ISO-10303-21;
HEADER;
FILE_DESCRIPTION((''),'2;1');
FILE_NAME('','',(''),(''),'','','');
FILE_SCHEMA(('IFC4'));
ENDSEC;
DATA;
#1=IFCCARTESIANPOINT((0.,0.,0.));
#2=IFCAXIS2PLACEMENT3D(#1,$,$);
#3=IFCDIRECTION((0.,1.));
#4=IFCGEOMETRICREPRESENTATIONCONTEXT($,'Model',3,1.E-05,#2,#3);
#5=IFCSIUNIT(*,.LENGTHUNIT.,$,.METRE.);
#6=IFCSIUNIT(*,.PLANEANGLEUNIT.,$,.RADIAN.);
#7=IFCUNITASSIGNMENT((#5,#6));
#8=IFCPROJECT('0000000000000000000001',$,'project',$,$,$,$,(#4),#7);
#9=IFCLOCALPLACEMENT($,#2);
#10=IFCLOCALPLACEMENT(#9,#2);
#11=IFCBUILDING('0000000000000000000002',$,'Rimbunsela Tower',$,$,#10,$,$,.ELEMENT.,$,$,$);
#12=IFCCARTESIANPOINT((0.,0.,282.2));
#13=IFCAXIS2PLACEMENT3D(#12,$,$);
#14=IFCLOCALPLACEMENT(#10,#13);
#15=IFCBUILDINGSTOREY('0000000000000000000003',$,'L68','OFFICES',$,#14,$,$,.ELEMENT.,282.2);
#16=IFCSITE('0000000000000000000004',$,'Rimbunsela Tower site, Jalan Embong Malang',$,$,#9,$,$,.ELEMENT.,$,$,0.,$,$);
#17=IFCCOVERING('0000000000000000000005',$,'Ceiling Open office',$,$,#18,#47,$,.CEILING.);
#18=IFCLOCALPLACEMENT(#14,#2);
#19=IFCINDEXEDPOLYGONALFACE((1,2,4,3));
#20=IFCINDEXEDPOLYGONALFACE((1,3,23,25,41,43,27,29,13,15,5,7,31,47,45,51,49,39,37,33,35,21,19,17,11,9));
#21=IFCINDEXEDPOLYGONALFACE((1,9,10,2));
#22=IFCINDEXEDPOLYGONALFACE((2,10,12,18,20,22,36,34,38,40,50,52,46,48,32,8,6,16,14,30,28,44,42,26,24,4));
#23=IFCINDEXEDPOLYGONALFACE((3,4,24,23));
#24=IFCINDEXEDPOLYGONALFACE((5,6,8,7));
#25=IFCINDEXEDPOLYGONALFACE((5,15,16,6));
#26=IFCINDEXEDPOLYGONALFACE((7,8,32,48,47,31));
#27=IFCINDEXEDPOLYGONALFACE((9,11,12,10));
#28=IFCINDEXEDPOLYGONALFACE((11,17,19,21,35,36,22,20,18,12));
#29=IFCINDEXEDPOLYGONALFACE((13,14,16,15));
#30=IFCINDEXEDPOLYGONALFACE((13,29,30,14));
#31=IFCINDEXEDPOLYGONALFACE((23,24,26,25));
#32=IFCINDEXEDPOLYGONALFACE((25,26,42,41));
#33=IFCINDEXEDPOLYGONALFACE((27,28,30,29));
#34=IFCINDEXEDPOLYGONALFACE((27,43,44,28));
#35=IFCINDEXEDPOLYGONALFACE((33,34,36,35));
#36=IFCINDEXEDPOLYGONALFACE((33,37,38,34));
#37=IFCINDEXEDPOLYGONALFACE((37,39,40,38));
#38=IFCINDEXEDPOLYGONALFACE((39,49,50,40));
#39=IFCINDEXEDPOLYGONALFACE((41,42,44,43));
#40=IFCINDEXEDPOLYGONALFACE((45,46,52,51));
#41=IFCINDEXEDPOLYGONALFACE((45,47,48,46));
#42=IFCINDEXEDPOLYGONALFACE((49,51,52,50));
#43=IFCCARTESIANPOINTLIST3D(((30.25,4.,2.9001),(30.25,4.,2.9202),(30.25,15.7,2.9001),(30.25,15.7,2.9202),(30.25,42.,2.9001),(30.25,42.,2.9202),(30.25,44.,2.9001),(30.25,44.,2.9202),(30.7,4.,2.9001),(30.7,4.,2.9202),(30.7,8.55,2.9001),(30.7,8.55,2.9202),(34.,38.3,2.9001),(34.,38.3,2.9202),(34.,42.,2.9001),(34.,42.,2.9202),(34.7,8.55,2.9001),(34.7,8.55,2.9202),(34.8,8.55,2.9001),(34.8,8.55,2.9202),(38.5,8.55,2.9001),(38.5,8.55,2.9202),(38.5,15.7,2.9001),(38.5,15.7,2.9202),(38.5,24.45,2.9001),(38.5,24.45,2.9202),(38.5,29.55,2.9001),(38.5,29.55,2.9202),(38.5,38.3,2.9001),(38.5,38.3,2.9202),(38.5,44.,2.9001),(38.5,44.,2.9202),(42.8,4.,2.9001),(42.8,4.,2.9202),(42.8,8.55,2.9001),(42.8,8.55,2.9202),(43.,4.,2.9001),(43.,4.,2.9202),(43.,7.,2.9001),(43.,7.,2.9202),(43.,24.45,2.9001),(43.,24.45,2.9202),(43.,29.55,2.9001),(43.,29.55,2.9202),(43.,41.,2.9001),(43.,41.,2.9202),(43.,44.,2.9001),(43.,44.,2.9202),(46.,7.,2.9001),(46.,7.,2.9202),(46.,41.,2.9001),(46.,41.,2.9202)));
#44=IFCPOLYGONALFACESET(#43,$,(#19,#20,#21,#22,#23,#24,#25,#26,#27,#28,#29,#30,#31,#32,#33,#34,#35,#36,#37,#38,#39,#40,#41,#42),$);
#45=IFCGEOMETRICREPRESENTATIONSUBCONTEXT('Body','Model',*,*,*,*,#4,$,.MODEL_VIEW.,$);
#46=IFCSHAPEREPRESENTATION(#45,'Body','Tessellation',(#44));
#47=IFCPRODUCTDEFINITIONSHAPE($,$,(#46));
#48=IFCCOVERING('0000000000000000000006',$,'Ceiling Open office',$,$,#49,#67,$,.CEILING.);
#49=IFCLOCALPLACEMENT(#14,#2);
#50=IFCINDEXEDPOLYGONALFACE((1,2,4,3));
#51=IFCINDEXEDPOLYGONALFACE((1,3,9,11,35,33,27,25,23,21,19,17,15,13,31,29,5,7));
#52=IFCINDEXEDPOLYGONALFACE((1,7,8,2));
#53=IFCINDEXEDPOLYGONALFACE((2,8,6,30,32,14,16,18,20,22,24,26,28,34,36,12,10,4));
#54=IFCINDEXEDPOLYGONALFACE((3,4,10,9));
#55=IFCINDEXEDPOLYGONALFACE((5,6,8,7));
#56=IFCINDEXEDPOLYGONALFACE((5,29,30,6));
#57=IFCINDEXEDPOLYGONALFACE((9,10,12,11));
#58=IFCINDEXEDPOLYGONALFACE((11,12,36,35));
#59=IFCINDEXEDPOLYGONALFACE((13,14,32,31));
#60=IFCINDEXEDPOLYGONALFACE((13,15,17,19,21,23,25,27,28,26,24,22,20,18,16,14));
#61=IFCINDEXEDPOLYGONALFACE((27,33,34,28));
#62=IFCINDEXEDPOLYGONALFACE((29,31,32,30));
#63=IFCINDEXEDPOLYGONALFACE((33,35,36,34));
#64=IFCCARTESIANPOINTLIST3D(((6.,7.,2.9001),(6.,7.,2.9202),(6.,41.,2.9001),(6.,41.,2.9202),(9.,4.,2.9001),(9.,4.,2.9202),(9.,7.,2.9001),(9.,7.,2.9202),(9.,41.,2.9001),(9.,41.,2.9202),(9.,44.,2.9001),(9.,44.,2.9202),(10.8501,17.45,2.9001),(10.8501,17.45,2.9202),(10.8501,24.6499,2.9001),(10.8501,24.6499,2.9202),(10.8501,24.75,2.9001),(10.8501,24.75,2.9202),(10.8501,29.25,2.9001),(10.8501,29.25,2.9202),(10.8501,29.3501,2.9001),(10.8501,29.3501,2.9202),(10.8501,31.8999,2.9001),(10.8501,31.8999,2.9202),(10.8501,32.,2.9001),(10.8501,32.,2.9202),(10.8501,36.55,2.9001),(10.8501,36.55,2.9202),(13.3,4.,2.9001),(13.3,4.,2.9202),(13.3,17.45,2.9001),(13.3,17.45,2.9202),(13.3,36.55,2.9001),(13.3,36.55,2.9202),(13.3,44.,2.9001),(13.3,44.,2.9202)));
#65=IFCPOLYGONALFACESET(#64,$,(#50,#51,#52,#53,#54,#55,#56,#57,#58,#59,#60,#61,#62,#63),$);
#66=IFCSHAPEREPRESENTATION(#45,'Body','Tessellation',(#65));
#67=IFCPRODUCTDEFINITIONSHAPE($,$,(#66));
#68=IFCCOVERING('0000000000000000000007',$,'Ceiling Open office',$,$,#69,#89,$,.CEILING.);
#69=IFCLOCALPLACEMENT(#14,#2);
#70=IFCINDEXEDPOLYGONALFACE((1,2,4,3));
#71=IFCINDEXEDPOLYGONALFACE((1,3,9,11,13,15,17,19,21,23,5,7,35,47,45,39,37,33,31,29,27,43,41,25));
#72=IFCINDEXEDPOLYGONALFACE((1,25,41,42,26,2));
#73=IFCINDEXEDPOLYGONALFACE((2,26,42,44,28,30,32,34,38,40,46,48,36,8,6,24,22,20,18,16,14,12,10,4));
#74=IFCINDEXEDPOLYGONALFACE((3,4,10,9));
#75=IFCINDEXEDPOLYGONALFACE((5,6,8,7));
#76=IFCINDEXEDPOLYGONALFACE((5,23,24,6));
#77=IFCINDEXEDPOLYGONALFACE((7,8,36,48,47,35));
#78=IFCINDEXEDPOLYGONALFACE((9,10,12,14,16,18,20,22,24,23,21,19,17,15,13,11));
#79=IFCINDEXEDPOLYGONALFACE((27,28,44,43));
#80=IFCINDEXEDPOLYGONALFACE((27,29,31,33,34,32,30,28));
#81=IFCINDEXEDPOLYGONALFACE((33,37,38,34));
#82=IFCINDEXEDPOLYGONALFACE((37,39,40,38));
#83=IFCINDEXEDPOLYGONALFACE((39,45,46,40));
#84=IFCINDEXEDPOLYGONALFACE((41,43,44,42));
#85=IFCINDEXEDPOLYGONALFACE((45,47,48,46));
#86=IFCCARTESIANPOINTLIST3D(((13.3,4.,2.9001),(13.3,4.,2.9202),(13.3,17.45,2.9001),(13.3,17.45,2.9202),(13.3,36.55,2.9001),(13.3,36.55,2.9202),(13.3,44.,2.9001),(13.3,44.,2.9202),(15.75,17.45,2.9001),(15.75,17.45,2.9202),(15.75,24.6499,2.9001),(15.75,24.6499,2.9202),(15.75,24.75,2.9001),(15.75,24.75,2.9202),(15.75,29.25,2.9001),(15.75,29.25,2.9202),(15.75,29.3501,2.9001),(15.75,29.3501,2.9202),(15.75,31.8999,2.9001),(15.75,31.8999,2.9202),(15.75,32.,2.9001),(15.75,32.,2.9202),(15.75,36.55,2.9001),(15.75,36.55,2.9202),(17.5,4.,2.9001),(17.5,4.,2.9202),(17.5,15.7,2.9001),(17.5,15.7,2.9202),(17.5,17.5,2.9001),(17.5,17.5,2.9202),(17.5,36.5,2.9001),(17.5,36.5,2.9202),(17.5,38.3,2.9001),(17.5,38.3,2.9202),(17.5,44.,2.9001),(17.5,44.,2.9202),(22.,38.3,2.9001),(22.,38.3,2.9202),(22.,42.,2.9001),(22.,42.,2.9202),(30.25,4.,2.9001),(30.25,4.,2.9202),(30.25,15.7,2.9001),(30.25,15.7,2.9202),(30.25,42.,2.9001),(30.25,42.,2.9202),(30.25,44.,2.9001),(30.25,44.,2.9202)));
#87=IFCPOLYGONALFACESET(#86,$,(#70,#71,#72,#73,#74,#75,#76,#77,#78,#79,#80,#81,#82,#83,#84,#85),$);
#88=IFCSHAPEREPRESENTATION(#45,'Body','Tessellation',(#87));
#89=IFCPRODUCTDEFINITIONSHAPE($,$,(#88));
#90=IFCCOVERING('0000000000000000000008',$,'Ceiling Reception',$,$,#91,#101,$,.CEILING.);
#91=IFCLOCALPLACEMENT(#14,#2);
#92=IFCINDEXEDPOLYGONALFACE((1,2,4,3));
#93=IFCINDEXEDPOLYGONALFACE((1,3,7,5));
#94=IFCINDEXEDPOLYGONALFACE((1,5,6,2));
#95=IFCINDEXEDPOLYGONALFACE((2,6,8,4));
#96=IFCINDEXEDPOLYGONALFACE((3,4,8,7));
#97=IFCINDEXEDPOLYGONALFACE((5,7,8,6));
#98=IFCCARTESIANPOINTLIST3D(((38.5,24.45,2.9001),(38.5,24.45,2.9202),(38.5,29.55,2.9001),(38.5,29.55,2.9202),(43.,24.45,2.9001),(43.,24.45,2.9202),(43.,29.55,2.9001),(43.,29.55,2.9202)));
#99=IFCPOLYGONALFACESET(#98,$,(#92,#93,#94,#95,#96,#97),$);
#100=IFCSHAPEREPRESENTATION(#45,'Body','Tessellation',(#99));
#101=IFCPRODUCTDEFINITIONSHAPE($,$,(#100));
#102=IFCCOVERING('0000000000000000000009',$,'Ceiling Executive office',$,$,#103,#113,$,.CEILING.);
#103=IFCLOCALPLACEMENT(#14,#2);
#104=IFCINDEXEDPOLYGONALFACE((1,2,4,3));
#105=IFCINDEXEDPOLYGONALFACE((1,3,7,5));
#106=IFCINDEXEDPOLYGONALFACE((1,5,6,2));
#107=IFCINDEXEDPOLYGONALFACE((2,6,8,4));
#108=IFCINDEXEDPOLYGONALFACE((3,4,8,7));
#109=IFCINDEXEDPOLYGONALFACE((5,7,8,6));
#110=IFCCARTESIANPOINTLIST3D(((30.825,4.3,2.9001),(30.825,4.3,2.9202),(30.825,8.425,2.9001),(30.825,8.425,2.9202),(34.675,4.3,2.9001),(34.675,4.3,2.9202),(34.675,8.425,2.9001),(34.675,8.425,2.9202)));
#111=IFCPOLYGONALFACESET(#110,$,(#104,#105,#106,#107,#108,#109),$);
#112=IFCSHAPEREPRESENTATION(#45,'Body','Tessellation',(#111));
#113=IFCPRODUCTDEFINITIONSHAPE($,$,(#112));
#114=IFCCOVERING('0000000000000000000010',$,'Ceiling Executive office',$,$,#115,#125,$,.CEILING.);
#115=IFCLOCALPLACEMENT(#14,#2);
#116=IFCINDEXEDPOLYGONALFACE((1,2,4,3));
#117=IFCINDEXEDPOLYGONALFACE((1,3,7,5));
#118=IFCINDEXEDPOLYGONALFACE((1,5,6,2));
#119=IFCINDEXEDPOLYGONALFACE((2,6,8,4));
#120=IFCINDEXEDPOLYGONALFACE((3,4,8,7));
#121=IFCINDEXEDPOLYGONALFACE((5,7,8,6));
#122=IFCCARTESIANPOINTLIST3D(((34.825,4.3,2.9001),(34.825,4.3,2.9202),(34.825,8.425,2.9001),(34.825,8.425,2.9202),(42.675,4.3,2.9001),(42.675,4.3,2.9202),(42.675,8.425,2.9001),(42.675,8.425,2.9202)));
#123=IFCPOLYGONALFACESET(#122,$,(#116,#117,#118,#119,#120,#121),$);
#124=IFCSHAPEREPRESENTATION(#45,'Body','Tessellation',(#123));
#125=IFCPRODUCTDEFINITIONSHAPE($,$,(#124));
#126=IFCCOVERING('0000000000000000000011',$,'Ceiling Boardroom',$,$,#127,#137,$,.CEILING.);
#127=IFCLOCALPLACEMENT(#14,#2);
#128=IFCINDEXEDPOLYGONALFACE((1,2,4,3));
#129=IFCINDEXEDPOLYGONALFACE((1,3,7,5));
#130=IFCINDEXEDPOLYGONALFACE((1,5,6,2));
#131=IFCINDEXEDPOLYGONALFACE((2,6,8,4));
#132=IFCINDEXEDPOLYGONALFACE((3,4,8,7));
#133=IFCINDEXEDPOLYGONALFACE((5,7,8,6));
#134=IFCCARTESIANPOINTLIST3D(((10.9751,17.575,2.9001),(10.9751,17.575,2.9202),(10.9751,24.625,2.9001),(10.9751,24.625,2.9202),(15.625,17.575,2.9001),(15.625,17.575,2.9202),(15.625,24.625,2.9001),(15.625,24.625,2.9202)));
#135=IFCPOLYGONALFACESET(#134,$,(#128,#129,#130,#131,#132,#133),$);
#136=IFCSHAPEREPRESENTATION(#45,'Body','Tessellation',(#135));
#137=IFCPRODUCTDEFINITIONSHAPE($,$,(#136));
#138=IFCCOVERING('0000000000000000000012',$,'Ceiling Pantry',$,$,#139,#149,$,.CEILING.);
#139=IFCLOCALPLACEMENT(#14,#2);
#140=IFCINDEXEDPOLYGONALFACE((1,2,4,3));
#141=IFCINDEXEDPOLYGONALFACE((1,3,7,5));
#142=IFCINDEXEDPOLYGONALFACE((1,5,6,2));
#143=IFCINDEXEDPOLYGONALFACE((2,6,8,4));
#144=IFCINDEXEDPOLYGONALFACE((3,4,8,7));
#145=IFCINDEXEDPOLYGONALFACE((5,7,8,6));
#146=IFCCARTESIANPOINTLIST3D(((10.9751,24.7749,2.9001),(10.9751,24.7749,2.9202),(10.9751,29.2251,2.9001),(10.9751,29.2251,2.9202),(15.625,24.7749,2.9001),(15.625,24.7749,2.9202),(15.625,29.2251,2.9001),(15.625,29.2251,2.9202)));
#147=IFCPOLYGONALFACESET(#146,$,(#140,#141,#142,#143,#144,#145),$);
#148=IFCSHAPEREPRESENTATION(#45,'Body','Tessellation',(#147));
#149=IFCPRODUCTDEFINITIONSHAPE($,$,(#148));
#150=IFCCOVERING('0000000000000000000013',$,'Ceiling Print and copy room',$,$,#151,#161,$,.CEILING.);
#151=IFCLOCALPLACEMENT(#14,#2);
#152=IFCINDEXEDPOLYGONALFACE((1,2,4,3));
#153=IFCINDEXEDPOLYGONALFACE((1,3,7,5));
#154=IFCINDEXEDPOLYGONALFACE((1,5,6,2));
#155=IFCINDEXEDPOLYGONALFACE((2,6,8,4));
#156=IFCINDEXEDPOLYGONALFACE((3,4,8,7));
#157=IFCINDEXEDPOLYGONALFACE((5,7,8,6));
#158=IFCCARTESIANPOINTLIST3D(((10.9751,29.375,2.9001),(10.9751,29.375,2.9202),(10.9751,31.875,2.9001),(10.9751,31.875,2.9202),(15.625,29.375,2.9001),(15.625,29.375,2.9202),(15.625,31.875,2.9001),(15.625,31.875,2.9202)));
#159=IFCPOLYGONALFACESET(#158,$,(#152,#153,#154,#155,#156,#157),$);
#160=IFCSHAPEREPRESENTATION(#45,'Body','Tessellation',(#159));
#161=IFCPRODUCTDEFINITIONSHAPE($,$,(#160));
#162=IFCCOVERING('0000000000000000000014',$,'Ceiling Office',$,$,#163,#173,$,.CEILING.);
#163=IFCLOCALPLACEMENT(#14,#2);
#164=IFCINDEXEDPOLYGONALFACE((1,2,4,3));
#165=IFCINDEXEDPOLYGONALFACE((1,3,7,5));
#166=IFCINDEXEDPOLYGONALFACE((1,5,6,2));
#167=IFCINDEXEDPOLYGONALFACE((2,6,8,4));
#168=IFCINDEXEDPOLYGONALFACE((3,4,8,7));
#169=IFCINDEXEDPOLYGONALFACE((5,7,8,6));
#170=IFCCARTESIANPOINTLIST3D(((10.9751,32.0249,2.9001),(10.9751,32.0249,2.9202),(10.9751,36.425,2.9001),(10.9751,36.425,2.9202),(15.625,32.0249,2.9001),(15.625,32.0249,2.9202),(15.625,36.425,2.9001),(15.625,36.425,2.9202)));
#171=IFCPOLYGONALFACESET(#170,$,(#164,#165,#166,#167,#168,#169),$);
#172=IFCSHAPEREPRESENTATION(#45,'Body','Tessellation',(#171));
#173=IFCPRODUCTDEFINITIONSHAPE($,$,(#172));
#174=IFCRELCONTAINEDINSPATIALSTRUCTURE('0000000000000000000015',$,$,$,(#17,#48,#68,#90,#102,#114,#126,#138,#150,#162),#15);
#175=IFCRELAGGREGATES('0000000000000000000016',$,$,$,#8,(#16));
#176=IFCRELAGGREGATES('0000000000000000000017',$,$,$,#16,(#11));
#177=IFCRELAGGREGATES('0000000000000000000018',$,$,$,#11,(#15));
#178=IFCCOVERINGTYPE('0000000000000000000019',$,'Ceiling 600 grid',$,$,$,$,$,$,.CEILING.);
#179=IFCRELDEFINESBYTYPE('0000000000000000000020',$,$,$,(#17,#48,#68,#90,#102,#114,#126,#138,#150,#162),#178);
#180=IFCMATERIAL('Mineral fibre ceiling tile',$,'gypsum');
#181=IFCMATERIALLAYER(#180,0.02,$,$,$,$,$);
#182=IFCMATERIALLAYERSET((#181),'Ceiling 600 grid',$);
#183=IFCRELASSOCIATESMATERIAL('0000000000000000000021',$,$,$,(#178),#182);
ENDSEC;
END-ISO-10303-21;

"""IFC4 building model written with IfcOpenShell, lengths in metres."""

from ifc_helpers import new_model, si_unit, direction, frame, origin, place, context, subcontext, project, spatial, polyline, outline, extrude, material, layer, layer_set, type_object, element, save


model = new_model("IFC4")

# Units and contexts
model_context = context("Model", 3, precision=1e-05, world=origin(), true_north=direction((0.0, 1.0)))
body_context = subcontext(model_context, "Body", "Model", "MODEL_VIEW")
ifc_project = project(units=[si_unit("LENGTHUNIT", "METRE"), si_unit("PLANEANGLEUNIT", "RADIAN")], contexts=[model_context])

# Site, building, storey
site_placement = place(None, origin())
site = spatial("IfcSite", under=ifc_project, at=site_placement, Name="Rimbunsela Tower site, Jalan Embong Malang", CompositionType="ELEMENT", RefElevation=0.0)
building_placement = place(site_placement, origin())
building = spatial("IfcBuilding", under=site, at=building_placement, Name="Rimbunsela Tower", CompositionType="ELEMENT")
storey_placement = place(building_placement, frame((0.0, 0.0, 282.2)))
storey = spatial("IfcBuildingStorey", under=building, at=storey_placement, Name="L68", Description="OFFICES", CompositionType="ELEMENT", Elevation=282.2)

# Coverings
ifc_material_1 = material(Name="Mineral fibre ceiling tile", Category="gypsum")
ifc_layer_1 = layer(ifc_material_1, 0.02)
ifc_layer_set_1 = layer_set([ifc_layer_1], Name="Ceiling 600 grid")
covering_type_1 = type_object("IfcCoveringType", Name="Ceiling 600 grid", PredefinedType="CEILING", material=ifc_layer_set_1)
covering_1_placement = place(storey_placement, frame((0.0, 0.0, 2.9001)))
element("IfcCovering", 1, at=covering_1_placement, inside=storey, type_object=covering_type_1, Name="Ceiling Open office", PredefinedType="CEILING", context=body_context, shape_type="SweptSolid", body=[
    extrude(outline(polyline([(30.7, 8.55), (30.7, 4.0), (30.25, 4.0), (30.25, 15.7), (38.5, 15.7), (38.5, 24.45), (43.0, 24.45), (43.0, 29.55), (38.5, 29.55), (38.5, 38.3), (34.0, 38.3), (34.0, 42.0), (30.25, 42.0), (30.25, 44.0), (38.5, 44.0), (43.0, 44.0), (43.0, 41.0), (46.0, 41.0), (46.0, 7.0), (43.0, 7.0), (43.0, 4.0), (42.8, 4.0), (42.8, 8.55), (38.5, 8.55), (34.8, 8.55), (34.7, 8.55), (30.7, 8.55)])), origin(), (0.0, 0.0, 1.0), 0.02),
])
covering_2_placement = place(storey_placement, frame((0.0, 0.0, 2.9001)))
element("IfcCovering", 2, at=covering_2_placement, inside=storey, type_object=covering_type_1, Name="Ceiling Open office", PredefinedType="CEILING", context=body_context, shape_type="SweptSolid", body=[
    extrude(outline(polyline([(13.3, 4.0), (9.0, 4.0), (9.0, 7.0), (6.0, 7.0), (6.0, 41.0), (9.0, 41.0), (9.0, 44.0), (13.3, 44.0), (13.3, 36.55), (10.8501, 36.55), (10.8501, 32.0), (10.8501, 31.8999), (10.8501, 29.3501), (10.8501, 29.25), (10.8501, 24.75), (10.8501, 24.6499), (10.8501, 17.45), (13.3, 17.45), (13.3, 4.0)])), origin(), (0.0, 0.0, 1.0), 0.02),
])
covering_3_placement = place(storey_placement, frame((0.0, 0.0, 2.9001)))
element("IfcCovering", 3, at=covering_3_placement, inside=storey, type_object=covering_type_1, Name="Ceiling Open office", PredefinedType="CEILING", context=body_context, shape_type="SweptSolid", body=[
    extrude(outline(polyline([(30.25, 4.0), (17.5, 4.0), (13.3, 4.0), (13.3, 17.45), (15.75, 17.45), (15.75, 24.6499), (15.75, 24.75), (15.75, 29.25), (15.75, 29.3501), (15.75, 31.8999), (15.75, 32.0), (15.75, 36.55), (13.3, 36.55), (13.3, 44.0), (17.5, 44.0), (30.25, 44.0), (30.25, 42.0), (22.0, 42.0), (22.0, 38.3), (17.5, 38.3), (17.5, 36.5), (17.5, 17.5), (17.5, 15.7), (30.25, 15.7), (30.25, 4.0)])), origin(), (0.0, 0.0, 1.0), 0.02),
])
covering_4_placement = place(storey_placement, frame((0.0, 0.0, 2.9001)))
element("IfcCovering", 4, at=covering_4_placement, inside=storey, type_object=covering_type_1, Name="Ceiling Reception", PredefinedType="CEILING", context=body_context, shape_type="SweptSolid", body=[
    extrude(outline(polyline([(43.0, 24.45), (43.0, 29.55), (38.5, 29.55), (38.5, 24.45), (43.0, 24.45)])), origin(), (0.0, 0.0, 1.0), 0.02),
])
covering_5_placement = place(storey_placement, frame((0.0, 0.0, 2.9001)))
element("IfcCovering", 5, at=covering_5_placement, inside=storey, type_object=covering_type_1, Name="Ceiling Executive office", PredefinedType="CEILING", context=body_context, shape_type="SweptSolid", body=[
    extrude(outline(polyline([(34.675, 4.3), (34.675, 8.425), (30.825, 8.425), (30.825, 4.3), (34.675, 4.3)])), origin(), (0.0, 0.0, 1.0), 0.02),
])
covering_6_placement = place(storey_placement, frame((0.0, 0.0, 2.9001)))
element("IfcCovering", 6, at=covering_6_placement, inside=storey, type_object=covering_type_1, Name="Ceiling Executive office", PredefinedType="CEILING", context=body_context, shape_type="SweptSolid", body=[
    extrude(outline(polyline([(42.675, 4.3), (42.675, 8.425), (34.825, 8.425), (34.825, 4.3), (42.675, 4.3)])), origin(), (0.0, 0.0, 1.0), 0.02),
])
covering_7_placement = place(storey_placement, frame((0.0, 0.0, 2.9001)))
element("IfcCovering", 7, at=covering_7_placement, inside=storey, type_object=covering_type_1, Name="Ceiling Boardroom", PredefinedType="CEILING", context=body_context, shape_type="SweptSolid", body=[
    extrude(outline(polyline([(15.625, 17.575), (15.625, 24.625), (10.9751, 24.625), (10.9751, 17.575), (15.625, 17.575)])), origin(), (0.0, 0.0, 1.0), 0.02),
])
covering_8_placement = place(storey_placement, frame((0.0, 0.0, 2.9001)))
element("IfcCovering", 8, at=covering_8_placement, inside=storey, type_object=covering_type_1, Name="Ceiling Pantry", PredefinedType="CEILING", context=body_context, shape_type="SweptSolid", body=[
    extrude(outline(polyline([(15.625, 24.7749), (15.625, 29.2251), (10.9751, 29.2251), (10.9751, 24.7749), (15.625, 24.7749)])), origin(), (0.0, 0.0, 1.0), 0.02),
])
covering_9_placement = place(storey_placement, frame((0.0, 0.0, 2.9001)))
element("IfcCovering", 9, at=covering_9_placement, inside=storey, type_object=covering_type_1, Name="Ceiling Print and copy room", PredefinedType="CEILING", context=body_context, shape_type="SweptSolid", body=[
    extrude(outline(polyline([(15.625, 29.375), (15.625, 31.875), (10.9751, 31.875), (10.9751, 29.375), (15.625, 29.375)])), origin(), (0.0, 0.0, 1.0), 0.02),
])
covering_10_placement = place(storey_placement, frame((0.0, 0.0, 2.9001)))
element("IfcCovering", 10, at=covering_10_placement, inside=storey, type_object=covering_type_1, Name="Ceiling Office", PredefinedType="CEILING", context=body_context, shape_type="SweptSolid", body=[
    extrude(outline(polyline([(15.625, 32.0249), (15.625, 36.425), (10.9751, 36.425), (10.9751, 32.0249), (15.625, 32.0249)])), origin(), (0.0, 0.0, 1.0), 0.02),
])

save(model, "model.ifc")
